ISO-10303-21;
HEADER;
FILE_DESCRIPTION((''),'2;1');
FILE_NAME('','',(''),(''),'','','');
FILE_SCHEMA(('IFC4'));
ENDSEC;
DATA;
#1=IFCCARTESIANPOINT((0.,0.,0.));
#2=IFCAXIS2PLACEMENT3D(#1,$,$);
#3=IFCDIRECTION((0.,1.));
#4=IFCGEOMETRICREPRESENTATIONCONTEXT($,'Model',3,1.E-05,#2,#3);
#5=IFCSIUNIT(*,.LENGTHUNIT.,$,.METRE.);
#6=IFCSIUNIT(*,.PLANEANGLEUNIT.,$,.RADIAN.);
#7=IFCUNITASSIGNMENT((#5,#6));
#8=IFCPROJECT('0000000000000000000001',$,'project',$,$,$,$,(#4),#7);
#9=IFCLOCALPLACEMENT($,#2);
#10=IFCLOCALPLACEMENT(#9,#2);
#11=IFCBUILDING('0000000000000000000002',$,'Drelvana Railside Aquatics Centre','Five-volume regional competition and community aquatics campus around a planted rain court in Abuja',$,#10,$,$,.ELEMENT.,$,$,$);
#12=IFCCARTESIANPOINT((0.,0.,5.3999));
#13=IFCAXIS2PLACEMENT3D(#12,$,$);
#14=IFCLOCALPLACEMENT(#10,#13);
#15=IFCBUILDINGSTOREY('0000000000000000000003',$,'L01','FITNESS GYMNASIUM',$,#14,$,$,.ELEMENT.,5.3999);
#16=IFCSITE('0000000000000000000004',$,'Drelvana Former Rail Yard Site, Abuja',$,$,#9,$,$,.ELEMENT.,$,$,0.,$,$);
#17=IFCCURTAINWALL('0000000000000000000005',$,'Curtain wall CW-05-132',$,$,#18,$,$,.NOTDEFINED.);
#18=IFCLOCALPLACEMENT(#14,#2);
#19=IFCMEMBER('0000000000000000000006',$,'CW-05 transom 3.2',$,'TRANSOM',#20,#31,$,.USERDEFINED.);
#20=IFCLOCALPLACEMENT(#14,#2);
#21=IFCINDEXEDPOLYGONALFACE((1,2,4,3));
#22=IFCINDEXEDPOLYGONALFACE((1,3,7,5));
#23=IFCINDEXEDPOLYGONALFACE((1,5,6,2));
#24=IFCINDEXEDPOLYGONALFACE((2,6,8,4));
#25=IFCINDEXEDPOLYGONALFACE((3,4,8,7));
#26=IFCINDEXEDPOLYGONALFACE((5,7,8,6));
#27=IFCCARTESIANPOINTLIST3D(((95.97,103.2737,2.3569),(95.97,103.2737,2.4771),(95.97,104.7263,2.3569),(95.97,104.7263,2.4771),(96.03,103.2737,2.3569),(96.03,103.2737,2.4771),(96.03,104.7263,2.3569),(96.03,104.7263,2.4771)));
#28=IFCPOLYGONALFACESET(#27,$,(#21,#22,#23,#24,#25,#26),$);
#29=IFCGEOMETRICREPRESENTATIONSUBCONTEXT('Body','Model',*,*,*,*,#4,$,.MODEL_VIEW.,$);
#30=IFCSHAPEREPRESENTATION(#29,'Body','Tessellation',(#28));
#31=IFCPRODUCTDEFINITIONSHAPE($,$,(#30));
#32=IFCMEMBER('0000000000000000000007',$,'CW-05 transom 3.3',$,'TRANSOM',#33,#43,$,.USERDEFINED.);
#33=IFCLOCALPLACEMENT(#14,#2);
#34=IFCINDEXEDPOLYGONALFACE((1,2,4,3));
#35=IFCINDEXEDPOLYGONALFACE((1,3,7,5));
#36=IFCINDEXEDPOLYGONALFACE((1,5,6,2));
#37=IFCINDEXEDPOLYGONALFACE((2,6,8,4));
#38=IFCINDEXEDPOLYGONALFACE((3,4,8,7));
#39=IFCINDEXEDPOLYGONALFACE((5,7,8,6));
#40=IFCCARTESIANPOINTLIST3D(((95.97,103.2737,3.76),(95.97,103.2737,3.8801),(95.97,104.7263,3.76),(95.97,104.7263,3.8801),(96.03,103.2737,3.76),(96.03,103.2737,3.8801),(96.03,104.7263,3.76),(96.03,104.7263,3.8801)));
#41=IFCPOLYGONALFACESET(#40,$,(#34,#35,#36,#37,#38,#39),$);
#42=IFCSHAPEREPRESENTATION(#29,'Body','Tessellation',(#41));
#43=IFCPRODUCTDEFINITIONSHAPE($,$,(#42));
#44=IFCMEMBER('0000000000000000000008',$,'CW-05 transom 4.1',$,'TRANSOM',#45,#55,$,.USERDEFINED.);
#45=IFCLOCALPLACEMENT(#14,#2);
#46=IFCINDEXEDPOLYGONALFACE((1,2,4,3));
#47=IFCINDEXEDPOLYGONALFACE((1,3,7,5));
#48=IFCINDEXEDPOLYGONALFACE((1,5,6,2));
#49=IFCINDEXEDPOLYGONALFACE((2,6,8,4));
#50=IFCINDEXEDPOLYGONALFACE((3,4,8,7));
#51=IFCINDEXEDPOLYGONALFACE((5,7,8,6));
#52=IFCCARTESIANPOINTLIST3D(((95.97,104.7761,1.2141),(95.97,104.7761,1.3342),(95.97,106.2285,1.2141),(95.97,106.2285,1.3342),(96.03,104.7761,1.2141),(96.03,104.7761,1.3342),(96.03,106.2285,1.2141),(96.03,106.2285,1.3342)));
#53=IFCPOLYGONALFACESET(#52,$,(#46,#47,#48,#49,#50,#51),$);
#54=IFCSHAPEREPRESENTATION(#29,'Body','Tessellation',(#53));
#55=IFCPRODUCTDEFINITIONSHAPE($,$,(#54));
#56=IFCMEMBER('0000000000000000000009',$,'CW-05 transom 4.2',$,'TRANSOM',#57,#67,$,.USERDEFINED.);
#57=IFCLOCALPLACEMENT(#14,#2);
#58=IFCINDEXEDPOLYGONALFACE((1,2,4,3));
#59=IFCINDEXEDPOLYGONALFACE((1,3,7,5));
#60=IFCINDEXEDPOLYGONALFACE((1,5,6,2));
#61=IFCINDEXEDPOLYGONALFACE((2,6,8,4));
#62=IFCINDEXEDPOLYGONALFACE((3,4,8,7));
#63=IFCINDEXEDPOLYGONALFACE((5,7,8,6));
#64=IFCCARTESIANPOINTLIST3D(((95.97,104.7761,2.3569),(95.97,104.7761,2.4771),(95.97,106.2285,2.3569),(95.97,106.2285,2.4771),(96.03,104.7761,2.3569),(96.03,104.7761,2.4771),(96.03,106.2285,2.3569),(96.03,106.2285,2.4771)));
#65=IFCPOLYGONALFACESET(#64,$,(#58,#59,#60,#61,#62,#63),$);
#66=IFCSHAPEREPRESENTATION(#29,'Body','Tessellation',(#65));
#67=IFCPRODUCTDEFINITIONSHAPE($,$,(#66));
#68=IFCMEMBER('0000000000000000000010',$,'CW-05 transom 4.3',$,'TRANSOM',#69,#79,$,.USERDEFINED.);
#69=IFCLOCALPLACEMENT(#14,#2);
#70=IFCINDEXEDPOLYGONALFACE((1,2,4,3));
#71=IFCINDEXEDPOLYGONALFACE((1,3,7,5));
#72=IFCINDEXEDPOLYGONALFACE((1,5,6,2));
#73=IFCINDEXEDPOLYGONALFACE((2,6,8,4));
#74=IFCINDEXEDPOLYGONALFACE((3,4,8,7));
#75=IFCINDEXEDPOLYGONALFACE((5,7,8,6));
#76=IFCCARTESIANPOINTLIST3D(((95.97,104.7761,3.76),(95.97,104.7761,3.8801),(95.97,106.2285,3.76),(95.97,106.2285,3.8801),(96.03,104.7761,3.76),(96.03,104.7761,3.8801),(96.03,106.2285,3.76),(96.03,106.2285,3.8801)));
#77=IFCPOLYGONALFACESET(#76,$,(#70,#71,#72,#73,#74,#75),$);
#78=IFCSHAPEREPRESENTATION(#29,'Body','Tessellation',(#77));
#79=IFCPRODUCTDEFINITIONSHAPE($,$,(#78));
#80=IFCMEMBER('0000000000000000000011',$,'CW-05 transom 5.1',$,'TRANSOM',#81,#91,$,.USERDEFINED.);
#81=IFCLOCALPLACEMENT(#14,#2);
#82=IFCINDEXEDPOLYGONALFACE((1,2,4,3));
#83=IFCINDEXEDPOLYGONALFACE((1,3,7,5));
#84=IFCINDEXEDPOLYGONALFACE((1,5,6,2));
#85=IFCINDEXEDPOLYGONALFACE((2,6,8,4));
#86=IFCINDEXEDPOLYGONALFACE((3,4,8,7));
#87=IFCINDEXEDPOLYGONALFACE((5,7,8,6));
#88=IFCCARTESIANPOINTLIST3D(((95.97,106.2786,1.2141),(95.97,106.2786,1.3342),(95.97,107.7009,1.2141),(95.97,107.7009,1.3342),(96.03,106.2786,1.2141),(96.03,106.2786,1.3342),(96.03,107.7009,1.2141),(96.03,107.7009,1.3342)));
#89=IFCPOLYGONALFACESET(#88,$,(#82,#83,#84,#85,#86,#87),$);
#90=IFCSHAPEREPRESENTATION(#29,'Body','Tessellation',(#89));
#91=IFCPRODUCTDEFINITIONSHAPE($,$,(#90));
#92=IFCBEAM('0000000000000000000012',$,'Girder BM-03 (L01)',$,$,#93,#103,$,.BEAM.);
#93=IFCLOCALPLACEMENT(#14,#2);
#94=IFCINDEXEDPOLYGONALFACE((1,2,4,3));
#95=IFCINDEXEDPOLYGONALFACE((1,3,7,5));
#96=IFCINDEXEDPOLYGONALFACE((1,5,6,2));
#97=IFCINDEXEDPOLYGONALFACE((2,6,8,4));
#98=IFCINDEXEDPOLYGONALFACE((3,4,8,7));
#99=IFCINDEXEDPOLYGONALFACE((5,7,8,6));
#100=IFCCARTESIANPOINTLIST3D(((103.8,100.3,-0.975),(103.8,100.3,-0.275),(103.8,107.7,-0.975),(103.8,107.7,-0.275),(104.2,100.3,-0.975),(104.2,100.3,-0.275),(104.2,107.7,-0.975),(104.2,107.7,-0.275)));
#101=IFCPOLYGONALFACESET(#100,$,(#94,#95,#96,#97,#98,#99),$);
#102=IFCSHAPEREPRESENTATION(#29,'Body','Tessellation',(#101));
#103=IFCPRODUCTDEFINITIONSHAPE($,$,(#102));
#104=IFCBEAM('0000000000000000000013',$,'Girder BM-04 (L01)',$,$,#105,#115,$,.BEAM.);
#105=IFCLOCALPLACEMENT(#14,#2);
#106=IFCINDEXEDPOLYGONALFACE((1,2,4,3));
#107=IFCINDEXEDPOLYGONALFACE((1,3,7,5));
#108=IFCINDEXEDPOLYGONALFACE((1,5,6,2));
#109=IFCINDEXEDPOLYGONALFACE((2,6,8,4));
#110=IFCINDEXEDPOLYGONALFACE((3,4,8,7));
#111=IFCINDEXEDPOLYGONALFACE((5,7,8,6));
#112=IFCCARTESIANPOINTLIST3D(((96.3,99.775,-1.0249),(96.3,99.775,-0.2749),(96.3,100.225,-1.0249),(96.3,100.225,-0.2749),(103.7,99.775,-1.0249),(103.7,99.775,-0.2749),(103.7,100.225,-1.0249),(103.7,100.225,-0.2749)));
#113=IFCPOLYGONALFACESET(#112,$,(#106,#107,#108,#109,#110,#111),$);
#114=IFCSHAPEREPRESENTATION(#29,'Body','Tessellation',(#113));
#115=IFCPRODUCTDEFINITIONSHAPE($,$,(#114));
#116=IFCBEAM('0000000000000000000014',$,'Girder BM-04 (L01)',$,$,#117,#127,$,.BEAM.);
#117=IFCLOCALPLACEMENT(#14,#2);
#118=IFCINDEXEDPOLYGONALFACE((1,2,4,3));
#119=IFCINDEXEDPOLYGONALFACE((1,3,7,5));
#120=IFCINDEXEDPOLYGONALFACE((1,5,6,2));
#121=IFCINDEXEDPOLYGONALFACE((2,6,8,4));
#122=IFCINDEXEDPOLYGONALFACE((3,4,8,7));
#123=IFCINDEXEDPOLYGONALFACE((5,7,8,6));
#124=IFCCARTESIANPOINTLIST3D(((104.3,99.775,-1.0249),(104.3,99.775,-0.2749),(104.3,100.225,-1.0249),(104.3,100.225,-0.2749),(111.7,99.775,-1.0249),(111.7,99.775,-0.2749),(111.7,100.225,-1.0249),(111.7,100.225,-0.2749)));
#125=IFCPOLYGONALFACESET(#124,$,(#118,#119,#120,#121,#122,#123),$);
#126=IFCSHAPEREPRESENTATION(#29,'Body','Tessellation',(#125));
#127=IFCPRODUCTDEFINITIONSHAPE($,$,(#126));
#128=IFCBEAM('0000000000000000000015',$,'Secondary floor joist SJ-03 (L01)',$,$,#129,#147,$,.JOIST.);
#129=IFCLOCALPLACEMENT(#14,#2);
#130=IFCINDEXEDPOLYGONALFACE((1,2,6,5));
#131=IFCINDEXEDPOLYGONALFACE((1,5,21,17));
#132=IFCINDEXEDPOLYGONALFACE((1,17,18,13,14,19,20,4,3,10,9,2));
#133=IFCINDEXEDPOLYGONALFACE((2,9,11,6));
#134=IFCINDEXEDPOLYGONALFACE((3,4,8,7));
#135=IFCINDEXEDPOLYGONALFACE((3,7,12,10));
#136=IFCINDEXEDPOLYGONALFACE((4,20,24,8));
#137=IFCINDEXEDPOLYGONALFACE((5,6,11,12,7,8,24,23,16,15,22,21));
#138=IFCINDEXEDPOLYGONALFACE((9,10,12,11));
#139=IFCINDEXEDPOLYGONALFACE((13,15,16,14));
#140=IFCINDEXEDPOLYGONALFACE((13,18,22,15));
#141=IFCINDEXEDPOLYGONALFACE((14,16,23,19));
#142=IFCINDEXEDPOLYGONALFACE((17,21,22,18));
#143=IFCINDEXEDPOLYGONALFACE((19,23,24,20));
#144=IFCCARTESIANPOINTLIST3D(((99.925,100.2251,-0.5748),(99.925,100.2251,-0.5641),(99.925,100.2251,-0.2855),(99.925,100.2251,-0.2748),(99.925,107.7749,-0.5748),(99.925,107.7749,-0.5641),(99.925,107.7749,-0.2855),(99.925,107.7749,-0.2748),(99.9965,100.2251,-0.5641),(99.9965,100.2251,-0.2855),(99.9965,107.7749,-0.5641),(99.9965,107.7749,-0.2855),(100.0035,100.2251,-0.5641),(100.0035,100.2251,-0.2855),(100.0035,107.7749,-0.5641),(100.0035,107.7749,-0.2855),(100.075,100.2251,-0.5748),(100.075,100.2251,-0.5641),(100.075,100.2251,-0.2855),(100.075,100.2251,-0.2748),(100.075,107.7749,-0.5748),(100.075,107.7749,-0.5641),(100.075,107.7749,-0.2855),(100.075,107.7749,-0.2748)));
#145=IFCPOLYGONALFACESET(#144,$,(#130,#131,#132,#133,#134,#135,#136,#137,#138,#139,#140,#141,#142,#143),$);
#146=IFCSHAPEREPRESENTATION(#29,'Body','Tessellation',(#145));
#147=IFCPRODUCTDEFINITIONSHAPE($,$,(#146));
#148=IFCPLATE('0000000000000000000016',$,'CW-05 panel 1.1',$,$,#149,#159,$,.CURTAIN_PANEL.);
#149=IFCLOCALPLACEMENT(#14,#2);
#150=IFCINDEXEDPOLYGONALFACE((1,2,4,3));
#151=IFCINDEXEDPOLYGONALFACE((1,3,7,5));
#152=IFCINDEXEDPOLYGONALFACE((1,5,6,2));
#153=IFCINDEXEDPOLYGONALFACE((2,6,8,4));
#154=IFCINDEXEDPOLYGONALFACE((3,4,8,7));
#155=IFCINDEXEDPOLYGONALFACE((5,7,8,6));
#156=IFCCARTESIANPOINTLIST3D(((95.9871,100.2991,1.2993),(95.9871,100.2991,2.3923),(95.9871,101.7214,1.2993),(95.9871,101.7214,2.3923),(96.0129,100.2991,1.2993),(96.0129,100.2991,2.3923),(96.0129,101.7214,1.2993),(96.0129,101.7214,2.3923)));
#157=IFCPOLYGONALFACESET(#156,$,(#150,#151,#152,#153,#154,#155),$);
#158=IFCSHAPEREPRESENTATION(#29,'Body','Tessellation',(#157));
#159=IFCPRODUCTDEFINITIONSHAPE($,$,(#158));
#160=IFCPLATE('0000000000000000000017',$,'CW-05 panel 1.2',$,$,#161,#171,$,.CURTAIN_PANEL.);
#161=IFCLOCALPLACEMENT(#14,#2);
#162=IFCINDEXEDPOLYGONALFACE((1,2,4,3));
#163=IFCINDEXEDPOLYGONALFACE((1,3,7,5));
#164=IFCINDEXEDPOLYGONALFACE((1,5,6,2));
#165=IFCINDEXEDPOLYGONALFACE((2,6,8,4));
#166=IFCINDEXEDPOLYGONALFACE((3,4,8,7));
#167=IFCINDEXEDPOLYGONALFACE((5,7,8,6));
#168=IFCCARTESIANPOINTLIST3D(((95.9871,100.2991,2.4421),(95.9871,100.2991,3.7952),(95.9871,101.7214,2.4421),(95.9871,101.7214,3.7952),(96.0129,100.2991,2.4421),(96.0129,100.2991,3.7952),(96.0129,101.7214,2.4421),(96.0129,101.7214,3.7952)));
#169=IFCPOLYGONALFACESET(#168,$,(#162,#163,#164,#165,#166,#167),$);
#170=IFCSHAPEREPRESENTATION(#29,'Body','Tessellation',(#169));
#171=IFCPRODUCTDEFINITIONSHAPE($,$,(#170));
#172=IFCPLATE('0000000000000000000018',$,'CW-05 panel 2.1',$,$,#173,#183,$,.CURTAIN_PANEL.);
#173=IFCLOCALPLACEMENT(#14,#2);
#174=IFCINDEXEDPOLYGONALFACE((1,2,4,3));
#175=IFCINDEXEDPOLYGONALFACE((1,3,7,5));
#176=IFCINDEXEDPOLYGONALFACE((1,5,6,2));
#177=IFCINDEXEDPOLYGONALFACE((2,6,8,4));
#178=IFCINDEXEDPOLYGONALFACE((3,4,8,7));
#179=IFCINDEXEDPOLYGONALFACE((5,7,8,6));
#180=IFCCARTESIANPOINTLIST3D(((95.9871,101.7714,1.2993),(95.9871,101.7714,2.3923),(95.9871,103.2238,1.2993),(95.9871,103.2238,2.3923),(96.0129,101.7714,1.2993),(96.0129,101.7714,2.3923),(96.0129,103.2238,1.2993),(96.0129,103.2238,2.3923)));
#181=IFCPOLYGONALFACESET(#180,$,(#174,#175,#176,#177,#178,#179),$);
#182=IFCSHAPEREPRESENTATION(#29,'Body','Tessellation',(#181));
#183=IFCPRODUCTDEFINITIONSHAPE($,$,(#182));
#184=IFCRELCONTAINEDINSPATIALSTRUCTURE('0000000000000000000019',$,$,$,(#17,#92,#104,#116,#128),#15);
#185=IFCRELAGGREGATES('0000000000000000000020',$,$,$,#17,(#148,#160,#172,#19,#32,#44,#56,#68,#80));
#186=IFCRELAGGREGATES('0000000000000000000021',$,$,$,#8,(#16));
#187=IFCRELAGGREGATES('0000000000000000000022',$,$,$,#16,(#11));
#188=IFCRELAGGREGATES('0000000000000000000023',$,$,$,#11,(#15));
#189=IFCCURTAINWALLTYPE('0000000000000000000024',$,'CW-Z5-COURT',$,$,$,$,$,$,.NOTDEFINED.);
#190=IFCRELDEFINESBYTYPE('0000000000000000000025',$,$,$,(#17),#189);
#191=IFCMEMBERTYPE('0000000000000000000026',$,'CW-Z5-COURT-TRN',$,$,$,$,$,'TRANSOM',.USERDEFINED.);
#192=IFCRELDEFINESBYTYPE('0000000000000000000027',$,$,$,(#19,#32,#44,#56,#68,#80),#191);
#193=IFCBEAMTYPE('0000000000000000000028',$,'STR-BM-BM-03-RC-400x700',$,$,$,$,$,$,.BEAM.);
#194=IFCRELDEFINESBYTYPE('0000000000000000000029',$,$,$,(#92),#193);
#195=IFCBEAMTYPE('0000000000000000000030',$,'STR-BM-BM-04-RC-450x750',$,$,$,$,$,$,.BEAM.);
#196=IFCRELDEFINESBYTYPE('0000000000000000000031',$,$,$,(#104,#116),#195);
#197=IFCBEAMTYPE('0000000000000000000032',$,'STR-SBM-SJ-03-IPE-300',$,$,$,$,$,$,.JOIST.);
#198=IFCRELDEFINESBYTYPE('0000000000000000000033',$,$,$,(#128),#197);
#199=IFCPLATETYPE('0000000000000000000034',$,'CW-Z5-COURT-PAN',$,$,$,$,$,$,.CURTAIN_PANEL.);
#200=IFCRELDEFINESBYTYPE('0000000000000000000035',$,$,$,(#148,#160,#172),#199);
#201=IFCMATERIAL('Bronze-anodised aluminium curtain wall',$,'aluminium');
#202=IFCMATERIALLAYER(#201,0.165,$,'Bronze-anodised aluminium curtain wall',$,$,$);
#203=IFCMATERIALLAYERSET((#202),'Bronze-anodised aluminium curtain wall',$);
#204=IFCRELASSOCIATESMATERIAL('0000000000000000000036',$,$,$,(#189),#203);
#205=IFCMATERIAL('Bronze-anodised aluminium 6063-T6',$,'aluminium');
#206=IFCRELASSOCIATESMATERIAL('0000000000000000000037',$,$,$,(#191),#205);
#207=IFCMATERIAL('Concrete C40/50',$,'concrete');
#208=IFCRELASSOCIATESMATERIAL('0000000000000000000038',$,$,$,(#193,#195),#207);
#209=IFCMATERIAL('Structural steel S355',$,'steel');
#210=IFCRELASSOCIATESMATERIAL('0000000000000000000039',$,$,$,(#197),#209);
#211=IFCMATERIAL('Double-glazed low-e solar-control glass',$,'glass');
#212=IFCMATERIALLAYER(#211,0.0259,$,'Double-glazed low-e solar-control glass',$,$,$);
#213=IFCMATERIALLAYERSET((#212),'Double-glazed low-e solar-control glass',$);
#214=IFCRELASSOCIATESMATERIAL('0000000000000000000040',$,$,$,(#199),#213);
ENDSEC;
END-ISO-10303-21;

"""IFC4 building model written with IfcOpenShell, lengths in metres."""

from ifc_helpers import new_model, si_unit, direction, frame, origin, origin_2d, place, context, subcontext, project, spatial, rectangle, i_section, extrude, material, layer, layer_set, material_profile, profile_set, type_object, element, aggregate, save


model = new_model("IFC4")

# Units and contexts
model_context = context("Model", 3, precision=1e-05, world=origin(), true_north=direction((0.0, 1.0)))
body_context = subcontext(model_context, "Body", "Model", "MODEL_VIEW")
ifc_project = project(units=[si_unit("LENGTHUNIT", "METRE"), si_unit("PLANEANGLEUNIT", "RADIAN")], contexts=[model_context])

# Site, building, storey
site_placement = place(None, origin())
site = spatial("IfcSite", under=ifc_project, at=site_placement, Name="Drelvana Former Rail Yard Site, Abuja", CompositionType="ELEMENT", RefElevation=0.0)
building_placement = place(site_placement, origin())
building = spatial("IfcBuilding", under=site, at=building_placement, Name="Drelvana Railside Aquatics Centre", Description="Five-volume regional competition and community aquatics campus around a planted rain court in Abuja", CompositionType="ELEMENT")
storey_placement = place(building_placement, frame((0.0, 0.0, 5.3999)))
storey = spatial("IfcBuildingStorey", under=building, at=storey_placement, Name="L01", Description="FITNESS GYMNASIUM", CompositionType="ELEMENT", Elevation=5.3999)

# Shared definitions
ifc_material_1 = material(Name="Concrete C40/50", Category="concrete")

# Shared definitions
ifc_material_2 = material(Name="Bronze-anodised aluminium curtain wall", Category="aluminium")
ifc_layer_1 = layer(ifc_material_2, 0.165, Name="Bronze-anodised aluminium curtain wall")
ifc_layer_set_1 = layer_set([ifc_layer_1], Name="Bronze-anodised aluminium curtain wall")
curtain_wall_type = type_object("IfcCurtainWallType", Name="CW-Z5-COURT", PredefinedType="NOTDEFINED", material=ifc_layer_set_1)
ifc_material_3 = material(Name="Bronze-anodised aluminium 6063-T6", Category="aluminium")

# Curtain wall, members
curtain_wall_1_placement = place(storey_placement, origin())
curtain_wall_1 = element("IfcCurtainWall", 1, at=curtain_wall_1_placement, inside=storey, type_object=curtain_wall_type, Name="Curtain wall CW-05-132", PredefinedType="NOTDEFINED")
ifc_material_profile_1 = material_profile(ifc_material_3, rectangle(XDim=0.1201, YDim=0.0601, at=origin_2d()), Name="ALU-T 60x120")
ifc_profile_set_1 = profile_set([ifc_material_profile_1], Name="Bronze-anodised aluminium 6063-T6")
member_type_1 = type_object("IfcMemberType", Name="CW-Z5-COURT-TRN", ElementType="TRANSOM", PredefinedType="USERDEFINED", material=ifc_profile_set_1)
member_1_placement = place(storey_placement, frame((96.0, 103.2737, 2.417), z_axis=(0.0, 1.0, 0.0), x_axis=(0.0, 0.0, 1.0)))
member_1 = element("IfcMember", 2, at=member_1_placement, type_object=member_type_1, Name="CW-05 transom 3.2", ObjectType="TRANSOM", PredefinedType="USERDEFINED", context=body_context, shape_type="SweptSolid", body=[
    extrude(rectangle(XDim=0.1201, YDim=0.0601, at=origin_2d()), origin(), (0.0, 0.0, 1.0), 1.4526),
])
member_2_placement = place(storey_placement, frame((96.0, 103.2737, 3.8201), z_axis=(0.0, 1.0, 0.0), x_axis=(0.0, 0.0, 1.0)))
member_2 = element("IfcMember", 3, at=member_2_placement, type_object=member_type_1, Name="CW-05 transom 3.3", ObjectType="TRANSOM", PredefinedType="USERDEFINED", context=body_context, shape_type="SweptSolid", body=[
    extrude(rectangle(XDim=0.1201, YDim=0.0601, at=origin_2d()), origin(), (0.0, 0.0, 1.0), 1.4526),
])
member_3_placement = place(storey_placement, frame((96.0, 104.7761, 1.2742), z_axis=(0.0, 1.0, 0.0), x_axis=(0.0, 0.0, 1.0)))
member_3 = element("IfcMember", 4, at=member_3_placement, type_object=member_type_1, Name="CW-05 transom 4.1", ObjectType="TRANSOM", PredefinedType="USERDEFINED", context=body_context, shape_type="SweptSolid", body=[
    extrude(rectangle(XDim=0.1201, YDim=0.0601, at=origin_2d()), origin(), (0.0, 0.0, 1.0), 1.4524),
])
member_4_placement = place(storey_placement, frame((96.0, 104.7761, 2.417), z_axis=(0.0, 1.0, 0.0), x_axis=(0.0, 0.0, 1.0)))
member_4 = element("IfcMember", 5, at=member_4_placement, type_object=member_type_1, Name="CW-05 transom 4.2", ObjectType="TRANSOM", PredefinedType="USERDEFINED", context=body_context, shape_type="SweptSolid", body=[
    extrude(rectangle(XDim=0.1201, YDim=0.0601, at=origin_2d()), origin(), (0.0, 0.0, 1.0), 1.4524),
])
member_5_placement = place(storey_placement, frame((96.0, 104.7761, 3.8201), z_axis=(0.0, 1.0, 0.0), x_axis=(0.0, 0.0, 1.0)))
member_5 = element("IfcMember", 6, at=member_5_placement, type_object=member_type_1, Name="CW-05 transom 4.3", ObjectType="TRANSOM", PredefinedType="USERDEFINED", context=body_context, shape_type="SweptSolid", body=[
    extrude(rectangle(XDim=0.1201, YDim=0.0601, at=origin_2d()), origin(), (0.0, 0.0, 1.0), 1.4524),
])
member_6_placement = place(storey_placement, frame((96.0, 106.2786, 1.2742), z_axis=(0.0, 1.0, 0.0), x_axis=(0.0, 0.0, 1.0)))
member_6 = element("IfcMember", 7, at=member_6_placement, type_object=member_type_1, Name="CW-05 transom 5.1", ObjectType="TRANSOM", PredefinedType="USERDEFINED", context=body_context, shape_type="SweptSolid", body=[
    extrude(rectangle(XDim=0.1201, YDim=0.0601, at=origin_2d()), origin(), (0.0, 0.0, 1.0), 1.4224),
])

# Beams
ifc_material_profile_2 = material_profile(ifc_material_1, rectangle(XDim=0.3999, YDim=0.7, at=origin_2d()), Name="RC 400x700")
ifc_profile_set_2 = profile_set([ifc_material_profile_2], Name="Concrete C40/50")
beam_type_1 = type_object("IfcBeamType", Name="STR-BM-BM-03-RC-400x700", PredefinedType="BEAM", material=ifc_profile_set_2)
beam_1_placement = place(storey_placement, frame((104.0, 100.3, -0.625), z_axis=(0.0, 1.0, 0.0), x_axis=(-1.0, 0.0, 0.0)))
element("IfcBeam", 8, at=beam_1_placement, inside=storey, type_object=beam_type_1, Name="Girder BM-03 (L01)", PredefinedType="BEAM", context=body_context, shape_type="SweptSolid", body=[
    extrude(rectangle(XDim=0.3999, YDim=0.7, at=origin_2d()), origin(), (0.0, 0.0, 1.0), 7.3999),
])
ifc_material_profile_3 = material_profile(ifc_material_1, rectangle(XDim=0.45, YDim=0.75, at=origin_2d()), Name="RC 450x750")
ifc_profile_set_3 = profile_set([ifc_material_profile_3], Name="Concrete C40/50")
beam_type_2 = type_object("IfcBeamType", Name="STR-BM-BM-04-RC-450x750", PredefinedType="BEAM", material=ifc_profile_set_3)
for number, where, z_axis, x_axis, name in (
    (9, (96.3, 100.0, -0.6499), (1.0, 0.0, 0.0), (0.0, 1.0, 0.0), "Girder BM-04 (L01)"),
    (10, (104.3, 100.0, -0.6499), (1.0, 0.0, 0.0), (0.0, 1.0, 0.0), "Girder BM-04 (L01)"),
):
    element("IfcBeam", number, at=place(storey_placement, frame(where, z_axis=z_axis, x_axis=x_axis)), inside=storey, type_object=beam_type_2, Name=name, PredefinedType="BEAM", context=body_context, shape_type="SweptSolid", body=[
        extrude(rectangle(XDim=0.45, YDim=0.75, at=origin_2d()), origin(), (0.0, 0.0, 1.0), 7.3999),
    ])
ifc_material_4 = material(Name="Structural steel S355", Category="steel")
ifc_material_profile_4 = material_profile(ifc_material_4, i_section(OverallWidth=0.1499, OverallDepth=0.3, WebThickness=0.0071, FlangeThickness=0.0107, at=origin_2d()), Name="IPE 300")
ifc_profile_set_4 = profile_set([ifc_material_profile_4], Name="Structural steel S355")
beam_type_3 = type_object("IfcBeamType", Name="STR-SBM-SJ-03-IPE-300", PredefinedType="JOIST", material=ifc_profile_set_4)
beam_2_placement = place(storey_placement, frame((100.0, 100.2251, -0.4248), z_axis=(0.0, 1.0, 0.0), x_axis=(-1.0, 0.0, 0.0)))
element("IfcBeam", 11, at=beam_2_placement, inside=storey, type_object=beam_type_3, Name="Secondary floor joist SJ-03 (L01)", PredefinedType="JOIST", context=body_context, shape_type="SweptSolid", body=[
    extrude(i_section(OverallWidth=0.1499, OverallDepth=0.3, WebThickness=0.0071, FlangeThickness=0.0107, at=origin_2d()), origin(), (0.0, 0.0, 1.0), 7.5498),
])

# Plates
ifc_material_5 = material(Name="Double-glazed low-e solar-control glass", Category="glass")
ifc_layer_2 = layer(ifc_material_5, 0.0259, Name="Double-glazed low-e solar-control glass")
ifc_layer_set_2 = layer_set([ifc_layer_2], Name="Double-glazed low-e solar-control glass")
plate_type = type_object("IfcPlateType", Name="CW-Z5-COURT-PAN", PredefinedType="CURTAIN_PANEL", material=ifc_layer_set_2)
plate_1_placement = place(storey_placement, frame((96.0, 101.0103, 1.2993), z_axis=(0.0, 0.0, 1.0), x_axis=(0.0, 1.0, 0.0)))
plate_1 = element("IfcPlate", 12, at=plate_1_placement, type_object=plate_type, Name="CW-05 panel 1.1", PredefinedType="CURTAIN_PANEL", context=body_context, shape_type="SweptSolid", body=[
    extrude(rectangle(XDim=1.4224, YDim=0.0259, at=origin_2d()), origin(), (0.0, 0.0, 1.0), 1.093),
])
plate_2_placement = place(storey_placement, frame((96.0, 101.0103, 2.4421), z_axis=(0.0, 0.0, 1.0), x_axis=(0.0, 1.0, 0.0)))
plate_2 = element("IfcPlate", 13, at=plate_2_placement, type_object=plate_type, Name="CW-05 panel 1.2", PredefinedType="CURTAIN_PANEL", context=body_context, shape_type="SweptSolid", body=[
    extrude(rectangle(XDim=1.4224, YDim=0.0259, at=origin_2d()), origin(), (0.0, 0.0, 1.0), 1.353),
])
plate_3_placement = place(storey_placement, frame((96.0, 102.4976, 1.2993), z_axis=(0.0, 0.0, 1.0), x_axis=(0.0, 1.0, 0.0)))
plate_3 = element("IfcPlate", 14, at=plate_3_placement, type_object=plate_type, Name="CW-05 panel 2.1", PredefinedType="CURTAIN_PANEL", context=body_context, shape_type="SweptSolid", body=[
    extrude(rectangle(XDim=1.4524, YDim=0.0259, at=origin_2d()), origin(), (0.0, 0.0, 1.0), 1.093),
])
aggregate(curtain_wall_1, [plate_1, plate_2, plate_3, member_1, member_2, member_3, member_4, member_5, member_6])

save(model, "model.ifc")
